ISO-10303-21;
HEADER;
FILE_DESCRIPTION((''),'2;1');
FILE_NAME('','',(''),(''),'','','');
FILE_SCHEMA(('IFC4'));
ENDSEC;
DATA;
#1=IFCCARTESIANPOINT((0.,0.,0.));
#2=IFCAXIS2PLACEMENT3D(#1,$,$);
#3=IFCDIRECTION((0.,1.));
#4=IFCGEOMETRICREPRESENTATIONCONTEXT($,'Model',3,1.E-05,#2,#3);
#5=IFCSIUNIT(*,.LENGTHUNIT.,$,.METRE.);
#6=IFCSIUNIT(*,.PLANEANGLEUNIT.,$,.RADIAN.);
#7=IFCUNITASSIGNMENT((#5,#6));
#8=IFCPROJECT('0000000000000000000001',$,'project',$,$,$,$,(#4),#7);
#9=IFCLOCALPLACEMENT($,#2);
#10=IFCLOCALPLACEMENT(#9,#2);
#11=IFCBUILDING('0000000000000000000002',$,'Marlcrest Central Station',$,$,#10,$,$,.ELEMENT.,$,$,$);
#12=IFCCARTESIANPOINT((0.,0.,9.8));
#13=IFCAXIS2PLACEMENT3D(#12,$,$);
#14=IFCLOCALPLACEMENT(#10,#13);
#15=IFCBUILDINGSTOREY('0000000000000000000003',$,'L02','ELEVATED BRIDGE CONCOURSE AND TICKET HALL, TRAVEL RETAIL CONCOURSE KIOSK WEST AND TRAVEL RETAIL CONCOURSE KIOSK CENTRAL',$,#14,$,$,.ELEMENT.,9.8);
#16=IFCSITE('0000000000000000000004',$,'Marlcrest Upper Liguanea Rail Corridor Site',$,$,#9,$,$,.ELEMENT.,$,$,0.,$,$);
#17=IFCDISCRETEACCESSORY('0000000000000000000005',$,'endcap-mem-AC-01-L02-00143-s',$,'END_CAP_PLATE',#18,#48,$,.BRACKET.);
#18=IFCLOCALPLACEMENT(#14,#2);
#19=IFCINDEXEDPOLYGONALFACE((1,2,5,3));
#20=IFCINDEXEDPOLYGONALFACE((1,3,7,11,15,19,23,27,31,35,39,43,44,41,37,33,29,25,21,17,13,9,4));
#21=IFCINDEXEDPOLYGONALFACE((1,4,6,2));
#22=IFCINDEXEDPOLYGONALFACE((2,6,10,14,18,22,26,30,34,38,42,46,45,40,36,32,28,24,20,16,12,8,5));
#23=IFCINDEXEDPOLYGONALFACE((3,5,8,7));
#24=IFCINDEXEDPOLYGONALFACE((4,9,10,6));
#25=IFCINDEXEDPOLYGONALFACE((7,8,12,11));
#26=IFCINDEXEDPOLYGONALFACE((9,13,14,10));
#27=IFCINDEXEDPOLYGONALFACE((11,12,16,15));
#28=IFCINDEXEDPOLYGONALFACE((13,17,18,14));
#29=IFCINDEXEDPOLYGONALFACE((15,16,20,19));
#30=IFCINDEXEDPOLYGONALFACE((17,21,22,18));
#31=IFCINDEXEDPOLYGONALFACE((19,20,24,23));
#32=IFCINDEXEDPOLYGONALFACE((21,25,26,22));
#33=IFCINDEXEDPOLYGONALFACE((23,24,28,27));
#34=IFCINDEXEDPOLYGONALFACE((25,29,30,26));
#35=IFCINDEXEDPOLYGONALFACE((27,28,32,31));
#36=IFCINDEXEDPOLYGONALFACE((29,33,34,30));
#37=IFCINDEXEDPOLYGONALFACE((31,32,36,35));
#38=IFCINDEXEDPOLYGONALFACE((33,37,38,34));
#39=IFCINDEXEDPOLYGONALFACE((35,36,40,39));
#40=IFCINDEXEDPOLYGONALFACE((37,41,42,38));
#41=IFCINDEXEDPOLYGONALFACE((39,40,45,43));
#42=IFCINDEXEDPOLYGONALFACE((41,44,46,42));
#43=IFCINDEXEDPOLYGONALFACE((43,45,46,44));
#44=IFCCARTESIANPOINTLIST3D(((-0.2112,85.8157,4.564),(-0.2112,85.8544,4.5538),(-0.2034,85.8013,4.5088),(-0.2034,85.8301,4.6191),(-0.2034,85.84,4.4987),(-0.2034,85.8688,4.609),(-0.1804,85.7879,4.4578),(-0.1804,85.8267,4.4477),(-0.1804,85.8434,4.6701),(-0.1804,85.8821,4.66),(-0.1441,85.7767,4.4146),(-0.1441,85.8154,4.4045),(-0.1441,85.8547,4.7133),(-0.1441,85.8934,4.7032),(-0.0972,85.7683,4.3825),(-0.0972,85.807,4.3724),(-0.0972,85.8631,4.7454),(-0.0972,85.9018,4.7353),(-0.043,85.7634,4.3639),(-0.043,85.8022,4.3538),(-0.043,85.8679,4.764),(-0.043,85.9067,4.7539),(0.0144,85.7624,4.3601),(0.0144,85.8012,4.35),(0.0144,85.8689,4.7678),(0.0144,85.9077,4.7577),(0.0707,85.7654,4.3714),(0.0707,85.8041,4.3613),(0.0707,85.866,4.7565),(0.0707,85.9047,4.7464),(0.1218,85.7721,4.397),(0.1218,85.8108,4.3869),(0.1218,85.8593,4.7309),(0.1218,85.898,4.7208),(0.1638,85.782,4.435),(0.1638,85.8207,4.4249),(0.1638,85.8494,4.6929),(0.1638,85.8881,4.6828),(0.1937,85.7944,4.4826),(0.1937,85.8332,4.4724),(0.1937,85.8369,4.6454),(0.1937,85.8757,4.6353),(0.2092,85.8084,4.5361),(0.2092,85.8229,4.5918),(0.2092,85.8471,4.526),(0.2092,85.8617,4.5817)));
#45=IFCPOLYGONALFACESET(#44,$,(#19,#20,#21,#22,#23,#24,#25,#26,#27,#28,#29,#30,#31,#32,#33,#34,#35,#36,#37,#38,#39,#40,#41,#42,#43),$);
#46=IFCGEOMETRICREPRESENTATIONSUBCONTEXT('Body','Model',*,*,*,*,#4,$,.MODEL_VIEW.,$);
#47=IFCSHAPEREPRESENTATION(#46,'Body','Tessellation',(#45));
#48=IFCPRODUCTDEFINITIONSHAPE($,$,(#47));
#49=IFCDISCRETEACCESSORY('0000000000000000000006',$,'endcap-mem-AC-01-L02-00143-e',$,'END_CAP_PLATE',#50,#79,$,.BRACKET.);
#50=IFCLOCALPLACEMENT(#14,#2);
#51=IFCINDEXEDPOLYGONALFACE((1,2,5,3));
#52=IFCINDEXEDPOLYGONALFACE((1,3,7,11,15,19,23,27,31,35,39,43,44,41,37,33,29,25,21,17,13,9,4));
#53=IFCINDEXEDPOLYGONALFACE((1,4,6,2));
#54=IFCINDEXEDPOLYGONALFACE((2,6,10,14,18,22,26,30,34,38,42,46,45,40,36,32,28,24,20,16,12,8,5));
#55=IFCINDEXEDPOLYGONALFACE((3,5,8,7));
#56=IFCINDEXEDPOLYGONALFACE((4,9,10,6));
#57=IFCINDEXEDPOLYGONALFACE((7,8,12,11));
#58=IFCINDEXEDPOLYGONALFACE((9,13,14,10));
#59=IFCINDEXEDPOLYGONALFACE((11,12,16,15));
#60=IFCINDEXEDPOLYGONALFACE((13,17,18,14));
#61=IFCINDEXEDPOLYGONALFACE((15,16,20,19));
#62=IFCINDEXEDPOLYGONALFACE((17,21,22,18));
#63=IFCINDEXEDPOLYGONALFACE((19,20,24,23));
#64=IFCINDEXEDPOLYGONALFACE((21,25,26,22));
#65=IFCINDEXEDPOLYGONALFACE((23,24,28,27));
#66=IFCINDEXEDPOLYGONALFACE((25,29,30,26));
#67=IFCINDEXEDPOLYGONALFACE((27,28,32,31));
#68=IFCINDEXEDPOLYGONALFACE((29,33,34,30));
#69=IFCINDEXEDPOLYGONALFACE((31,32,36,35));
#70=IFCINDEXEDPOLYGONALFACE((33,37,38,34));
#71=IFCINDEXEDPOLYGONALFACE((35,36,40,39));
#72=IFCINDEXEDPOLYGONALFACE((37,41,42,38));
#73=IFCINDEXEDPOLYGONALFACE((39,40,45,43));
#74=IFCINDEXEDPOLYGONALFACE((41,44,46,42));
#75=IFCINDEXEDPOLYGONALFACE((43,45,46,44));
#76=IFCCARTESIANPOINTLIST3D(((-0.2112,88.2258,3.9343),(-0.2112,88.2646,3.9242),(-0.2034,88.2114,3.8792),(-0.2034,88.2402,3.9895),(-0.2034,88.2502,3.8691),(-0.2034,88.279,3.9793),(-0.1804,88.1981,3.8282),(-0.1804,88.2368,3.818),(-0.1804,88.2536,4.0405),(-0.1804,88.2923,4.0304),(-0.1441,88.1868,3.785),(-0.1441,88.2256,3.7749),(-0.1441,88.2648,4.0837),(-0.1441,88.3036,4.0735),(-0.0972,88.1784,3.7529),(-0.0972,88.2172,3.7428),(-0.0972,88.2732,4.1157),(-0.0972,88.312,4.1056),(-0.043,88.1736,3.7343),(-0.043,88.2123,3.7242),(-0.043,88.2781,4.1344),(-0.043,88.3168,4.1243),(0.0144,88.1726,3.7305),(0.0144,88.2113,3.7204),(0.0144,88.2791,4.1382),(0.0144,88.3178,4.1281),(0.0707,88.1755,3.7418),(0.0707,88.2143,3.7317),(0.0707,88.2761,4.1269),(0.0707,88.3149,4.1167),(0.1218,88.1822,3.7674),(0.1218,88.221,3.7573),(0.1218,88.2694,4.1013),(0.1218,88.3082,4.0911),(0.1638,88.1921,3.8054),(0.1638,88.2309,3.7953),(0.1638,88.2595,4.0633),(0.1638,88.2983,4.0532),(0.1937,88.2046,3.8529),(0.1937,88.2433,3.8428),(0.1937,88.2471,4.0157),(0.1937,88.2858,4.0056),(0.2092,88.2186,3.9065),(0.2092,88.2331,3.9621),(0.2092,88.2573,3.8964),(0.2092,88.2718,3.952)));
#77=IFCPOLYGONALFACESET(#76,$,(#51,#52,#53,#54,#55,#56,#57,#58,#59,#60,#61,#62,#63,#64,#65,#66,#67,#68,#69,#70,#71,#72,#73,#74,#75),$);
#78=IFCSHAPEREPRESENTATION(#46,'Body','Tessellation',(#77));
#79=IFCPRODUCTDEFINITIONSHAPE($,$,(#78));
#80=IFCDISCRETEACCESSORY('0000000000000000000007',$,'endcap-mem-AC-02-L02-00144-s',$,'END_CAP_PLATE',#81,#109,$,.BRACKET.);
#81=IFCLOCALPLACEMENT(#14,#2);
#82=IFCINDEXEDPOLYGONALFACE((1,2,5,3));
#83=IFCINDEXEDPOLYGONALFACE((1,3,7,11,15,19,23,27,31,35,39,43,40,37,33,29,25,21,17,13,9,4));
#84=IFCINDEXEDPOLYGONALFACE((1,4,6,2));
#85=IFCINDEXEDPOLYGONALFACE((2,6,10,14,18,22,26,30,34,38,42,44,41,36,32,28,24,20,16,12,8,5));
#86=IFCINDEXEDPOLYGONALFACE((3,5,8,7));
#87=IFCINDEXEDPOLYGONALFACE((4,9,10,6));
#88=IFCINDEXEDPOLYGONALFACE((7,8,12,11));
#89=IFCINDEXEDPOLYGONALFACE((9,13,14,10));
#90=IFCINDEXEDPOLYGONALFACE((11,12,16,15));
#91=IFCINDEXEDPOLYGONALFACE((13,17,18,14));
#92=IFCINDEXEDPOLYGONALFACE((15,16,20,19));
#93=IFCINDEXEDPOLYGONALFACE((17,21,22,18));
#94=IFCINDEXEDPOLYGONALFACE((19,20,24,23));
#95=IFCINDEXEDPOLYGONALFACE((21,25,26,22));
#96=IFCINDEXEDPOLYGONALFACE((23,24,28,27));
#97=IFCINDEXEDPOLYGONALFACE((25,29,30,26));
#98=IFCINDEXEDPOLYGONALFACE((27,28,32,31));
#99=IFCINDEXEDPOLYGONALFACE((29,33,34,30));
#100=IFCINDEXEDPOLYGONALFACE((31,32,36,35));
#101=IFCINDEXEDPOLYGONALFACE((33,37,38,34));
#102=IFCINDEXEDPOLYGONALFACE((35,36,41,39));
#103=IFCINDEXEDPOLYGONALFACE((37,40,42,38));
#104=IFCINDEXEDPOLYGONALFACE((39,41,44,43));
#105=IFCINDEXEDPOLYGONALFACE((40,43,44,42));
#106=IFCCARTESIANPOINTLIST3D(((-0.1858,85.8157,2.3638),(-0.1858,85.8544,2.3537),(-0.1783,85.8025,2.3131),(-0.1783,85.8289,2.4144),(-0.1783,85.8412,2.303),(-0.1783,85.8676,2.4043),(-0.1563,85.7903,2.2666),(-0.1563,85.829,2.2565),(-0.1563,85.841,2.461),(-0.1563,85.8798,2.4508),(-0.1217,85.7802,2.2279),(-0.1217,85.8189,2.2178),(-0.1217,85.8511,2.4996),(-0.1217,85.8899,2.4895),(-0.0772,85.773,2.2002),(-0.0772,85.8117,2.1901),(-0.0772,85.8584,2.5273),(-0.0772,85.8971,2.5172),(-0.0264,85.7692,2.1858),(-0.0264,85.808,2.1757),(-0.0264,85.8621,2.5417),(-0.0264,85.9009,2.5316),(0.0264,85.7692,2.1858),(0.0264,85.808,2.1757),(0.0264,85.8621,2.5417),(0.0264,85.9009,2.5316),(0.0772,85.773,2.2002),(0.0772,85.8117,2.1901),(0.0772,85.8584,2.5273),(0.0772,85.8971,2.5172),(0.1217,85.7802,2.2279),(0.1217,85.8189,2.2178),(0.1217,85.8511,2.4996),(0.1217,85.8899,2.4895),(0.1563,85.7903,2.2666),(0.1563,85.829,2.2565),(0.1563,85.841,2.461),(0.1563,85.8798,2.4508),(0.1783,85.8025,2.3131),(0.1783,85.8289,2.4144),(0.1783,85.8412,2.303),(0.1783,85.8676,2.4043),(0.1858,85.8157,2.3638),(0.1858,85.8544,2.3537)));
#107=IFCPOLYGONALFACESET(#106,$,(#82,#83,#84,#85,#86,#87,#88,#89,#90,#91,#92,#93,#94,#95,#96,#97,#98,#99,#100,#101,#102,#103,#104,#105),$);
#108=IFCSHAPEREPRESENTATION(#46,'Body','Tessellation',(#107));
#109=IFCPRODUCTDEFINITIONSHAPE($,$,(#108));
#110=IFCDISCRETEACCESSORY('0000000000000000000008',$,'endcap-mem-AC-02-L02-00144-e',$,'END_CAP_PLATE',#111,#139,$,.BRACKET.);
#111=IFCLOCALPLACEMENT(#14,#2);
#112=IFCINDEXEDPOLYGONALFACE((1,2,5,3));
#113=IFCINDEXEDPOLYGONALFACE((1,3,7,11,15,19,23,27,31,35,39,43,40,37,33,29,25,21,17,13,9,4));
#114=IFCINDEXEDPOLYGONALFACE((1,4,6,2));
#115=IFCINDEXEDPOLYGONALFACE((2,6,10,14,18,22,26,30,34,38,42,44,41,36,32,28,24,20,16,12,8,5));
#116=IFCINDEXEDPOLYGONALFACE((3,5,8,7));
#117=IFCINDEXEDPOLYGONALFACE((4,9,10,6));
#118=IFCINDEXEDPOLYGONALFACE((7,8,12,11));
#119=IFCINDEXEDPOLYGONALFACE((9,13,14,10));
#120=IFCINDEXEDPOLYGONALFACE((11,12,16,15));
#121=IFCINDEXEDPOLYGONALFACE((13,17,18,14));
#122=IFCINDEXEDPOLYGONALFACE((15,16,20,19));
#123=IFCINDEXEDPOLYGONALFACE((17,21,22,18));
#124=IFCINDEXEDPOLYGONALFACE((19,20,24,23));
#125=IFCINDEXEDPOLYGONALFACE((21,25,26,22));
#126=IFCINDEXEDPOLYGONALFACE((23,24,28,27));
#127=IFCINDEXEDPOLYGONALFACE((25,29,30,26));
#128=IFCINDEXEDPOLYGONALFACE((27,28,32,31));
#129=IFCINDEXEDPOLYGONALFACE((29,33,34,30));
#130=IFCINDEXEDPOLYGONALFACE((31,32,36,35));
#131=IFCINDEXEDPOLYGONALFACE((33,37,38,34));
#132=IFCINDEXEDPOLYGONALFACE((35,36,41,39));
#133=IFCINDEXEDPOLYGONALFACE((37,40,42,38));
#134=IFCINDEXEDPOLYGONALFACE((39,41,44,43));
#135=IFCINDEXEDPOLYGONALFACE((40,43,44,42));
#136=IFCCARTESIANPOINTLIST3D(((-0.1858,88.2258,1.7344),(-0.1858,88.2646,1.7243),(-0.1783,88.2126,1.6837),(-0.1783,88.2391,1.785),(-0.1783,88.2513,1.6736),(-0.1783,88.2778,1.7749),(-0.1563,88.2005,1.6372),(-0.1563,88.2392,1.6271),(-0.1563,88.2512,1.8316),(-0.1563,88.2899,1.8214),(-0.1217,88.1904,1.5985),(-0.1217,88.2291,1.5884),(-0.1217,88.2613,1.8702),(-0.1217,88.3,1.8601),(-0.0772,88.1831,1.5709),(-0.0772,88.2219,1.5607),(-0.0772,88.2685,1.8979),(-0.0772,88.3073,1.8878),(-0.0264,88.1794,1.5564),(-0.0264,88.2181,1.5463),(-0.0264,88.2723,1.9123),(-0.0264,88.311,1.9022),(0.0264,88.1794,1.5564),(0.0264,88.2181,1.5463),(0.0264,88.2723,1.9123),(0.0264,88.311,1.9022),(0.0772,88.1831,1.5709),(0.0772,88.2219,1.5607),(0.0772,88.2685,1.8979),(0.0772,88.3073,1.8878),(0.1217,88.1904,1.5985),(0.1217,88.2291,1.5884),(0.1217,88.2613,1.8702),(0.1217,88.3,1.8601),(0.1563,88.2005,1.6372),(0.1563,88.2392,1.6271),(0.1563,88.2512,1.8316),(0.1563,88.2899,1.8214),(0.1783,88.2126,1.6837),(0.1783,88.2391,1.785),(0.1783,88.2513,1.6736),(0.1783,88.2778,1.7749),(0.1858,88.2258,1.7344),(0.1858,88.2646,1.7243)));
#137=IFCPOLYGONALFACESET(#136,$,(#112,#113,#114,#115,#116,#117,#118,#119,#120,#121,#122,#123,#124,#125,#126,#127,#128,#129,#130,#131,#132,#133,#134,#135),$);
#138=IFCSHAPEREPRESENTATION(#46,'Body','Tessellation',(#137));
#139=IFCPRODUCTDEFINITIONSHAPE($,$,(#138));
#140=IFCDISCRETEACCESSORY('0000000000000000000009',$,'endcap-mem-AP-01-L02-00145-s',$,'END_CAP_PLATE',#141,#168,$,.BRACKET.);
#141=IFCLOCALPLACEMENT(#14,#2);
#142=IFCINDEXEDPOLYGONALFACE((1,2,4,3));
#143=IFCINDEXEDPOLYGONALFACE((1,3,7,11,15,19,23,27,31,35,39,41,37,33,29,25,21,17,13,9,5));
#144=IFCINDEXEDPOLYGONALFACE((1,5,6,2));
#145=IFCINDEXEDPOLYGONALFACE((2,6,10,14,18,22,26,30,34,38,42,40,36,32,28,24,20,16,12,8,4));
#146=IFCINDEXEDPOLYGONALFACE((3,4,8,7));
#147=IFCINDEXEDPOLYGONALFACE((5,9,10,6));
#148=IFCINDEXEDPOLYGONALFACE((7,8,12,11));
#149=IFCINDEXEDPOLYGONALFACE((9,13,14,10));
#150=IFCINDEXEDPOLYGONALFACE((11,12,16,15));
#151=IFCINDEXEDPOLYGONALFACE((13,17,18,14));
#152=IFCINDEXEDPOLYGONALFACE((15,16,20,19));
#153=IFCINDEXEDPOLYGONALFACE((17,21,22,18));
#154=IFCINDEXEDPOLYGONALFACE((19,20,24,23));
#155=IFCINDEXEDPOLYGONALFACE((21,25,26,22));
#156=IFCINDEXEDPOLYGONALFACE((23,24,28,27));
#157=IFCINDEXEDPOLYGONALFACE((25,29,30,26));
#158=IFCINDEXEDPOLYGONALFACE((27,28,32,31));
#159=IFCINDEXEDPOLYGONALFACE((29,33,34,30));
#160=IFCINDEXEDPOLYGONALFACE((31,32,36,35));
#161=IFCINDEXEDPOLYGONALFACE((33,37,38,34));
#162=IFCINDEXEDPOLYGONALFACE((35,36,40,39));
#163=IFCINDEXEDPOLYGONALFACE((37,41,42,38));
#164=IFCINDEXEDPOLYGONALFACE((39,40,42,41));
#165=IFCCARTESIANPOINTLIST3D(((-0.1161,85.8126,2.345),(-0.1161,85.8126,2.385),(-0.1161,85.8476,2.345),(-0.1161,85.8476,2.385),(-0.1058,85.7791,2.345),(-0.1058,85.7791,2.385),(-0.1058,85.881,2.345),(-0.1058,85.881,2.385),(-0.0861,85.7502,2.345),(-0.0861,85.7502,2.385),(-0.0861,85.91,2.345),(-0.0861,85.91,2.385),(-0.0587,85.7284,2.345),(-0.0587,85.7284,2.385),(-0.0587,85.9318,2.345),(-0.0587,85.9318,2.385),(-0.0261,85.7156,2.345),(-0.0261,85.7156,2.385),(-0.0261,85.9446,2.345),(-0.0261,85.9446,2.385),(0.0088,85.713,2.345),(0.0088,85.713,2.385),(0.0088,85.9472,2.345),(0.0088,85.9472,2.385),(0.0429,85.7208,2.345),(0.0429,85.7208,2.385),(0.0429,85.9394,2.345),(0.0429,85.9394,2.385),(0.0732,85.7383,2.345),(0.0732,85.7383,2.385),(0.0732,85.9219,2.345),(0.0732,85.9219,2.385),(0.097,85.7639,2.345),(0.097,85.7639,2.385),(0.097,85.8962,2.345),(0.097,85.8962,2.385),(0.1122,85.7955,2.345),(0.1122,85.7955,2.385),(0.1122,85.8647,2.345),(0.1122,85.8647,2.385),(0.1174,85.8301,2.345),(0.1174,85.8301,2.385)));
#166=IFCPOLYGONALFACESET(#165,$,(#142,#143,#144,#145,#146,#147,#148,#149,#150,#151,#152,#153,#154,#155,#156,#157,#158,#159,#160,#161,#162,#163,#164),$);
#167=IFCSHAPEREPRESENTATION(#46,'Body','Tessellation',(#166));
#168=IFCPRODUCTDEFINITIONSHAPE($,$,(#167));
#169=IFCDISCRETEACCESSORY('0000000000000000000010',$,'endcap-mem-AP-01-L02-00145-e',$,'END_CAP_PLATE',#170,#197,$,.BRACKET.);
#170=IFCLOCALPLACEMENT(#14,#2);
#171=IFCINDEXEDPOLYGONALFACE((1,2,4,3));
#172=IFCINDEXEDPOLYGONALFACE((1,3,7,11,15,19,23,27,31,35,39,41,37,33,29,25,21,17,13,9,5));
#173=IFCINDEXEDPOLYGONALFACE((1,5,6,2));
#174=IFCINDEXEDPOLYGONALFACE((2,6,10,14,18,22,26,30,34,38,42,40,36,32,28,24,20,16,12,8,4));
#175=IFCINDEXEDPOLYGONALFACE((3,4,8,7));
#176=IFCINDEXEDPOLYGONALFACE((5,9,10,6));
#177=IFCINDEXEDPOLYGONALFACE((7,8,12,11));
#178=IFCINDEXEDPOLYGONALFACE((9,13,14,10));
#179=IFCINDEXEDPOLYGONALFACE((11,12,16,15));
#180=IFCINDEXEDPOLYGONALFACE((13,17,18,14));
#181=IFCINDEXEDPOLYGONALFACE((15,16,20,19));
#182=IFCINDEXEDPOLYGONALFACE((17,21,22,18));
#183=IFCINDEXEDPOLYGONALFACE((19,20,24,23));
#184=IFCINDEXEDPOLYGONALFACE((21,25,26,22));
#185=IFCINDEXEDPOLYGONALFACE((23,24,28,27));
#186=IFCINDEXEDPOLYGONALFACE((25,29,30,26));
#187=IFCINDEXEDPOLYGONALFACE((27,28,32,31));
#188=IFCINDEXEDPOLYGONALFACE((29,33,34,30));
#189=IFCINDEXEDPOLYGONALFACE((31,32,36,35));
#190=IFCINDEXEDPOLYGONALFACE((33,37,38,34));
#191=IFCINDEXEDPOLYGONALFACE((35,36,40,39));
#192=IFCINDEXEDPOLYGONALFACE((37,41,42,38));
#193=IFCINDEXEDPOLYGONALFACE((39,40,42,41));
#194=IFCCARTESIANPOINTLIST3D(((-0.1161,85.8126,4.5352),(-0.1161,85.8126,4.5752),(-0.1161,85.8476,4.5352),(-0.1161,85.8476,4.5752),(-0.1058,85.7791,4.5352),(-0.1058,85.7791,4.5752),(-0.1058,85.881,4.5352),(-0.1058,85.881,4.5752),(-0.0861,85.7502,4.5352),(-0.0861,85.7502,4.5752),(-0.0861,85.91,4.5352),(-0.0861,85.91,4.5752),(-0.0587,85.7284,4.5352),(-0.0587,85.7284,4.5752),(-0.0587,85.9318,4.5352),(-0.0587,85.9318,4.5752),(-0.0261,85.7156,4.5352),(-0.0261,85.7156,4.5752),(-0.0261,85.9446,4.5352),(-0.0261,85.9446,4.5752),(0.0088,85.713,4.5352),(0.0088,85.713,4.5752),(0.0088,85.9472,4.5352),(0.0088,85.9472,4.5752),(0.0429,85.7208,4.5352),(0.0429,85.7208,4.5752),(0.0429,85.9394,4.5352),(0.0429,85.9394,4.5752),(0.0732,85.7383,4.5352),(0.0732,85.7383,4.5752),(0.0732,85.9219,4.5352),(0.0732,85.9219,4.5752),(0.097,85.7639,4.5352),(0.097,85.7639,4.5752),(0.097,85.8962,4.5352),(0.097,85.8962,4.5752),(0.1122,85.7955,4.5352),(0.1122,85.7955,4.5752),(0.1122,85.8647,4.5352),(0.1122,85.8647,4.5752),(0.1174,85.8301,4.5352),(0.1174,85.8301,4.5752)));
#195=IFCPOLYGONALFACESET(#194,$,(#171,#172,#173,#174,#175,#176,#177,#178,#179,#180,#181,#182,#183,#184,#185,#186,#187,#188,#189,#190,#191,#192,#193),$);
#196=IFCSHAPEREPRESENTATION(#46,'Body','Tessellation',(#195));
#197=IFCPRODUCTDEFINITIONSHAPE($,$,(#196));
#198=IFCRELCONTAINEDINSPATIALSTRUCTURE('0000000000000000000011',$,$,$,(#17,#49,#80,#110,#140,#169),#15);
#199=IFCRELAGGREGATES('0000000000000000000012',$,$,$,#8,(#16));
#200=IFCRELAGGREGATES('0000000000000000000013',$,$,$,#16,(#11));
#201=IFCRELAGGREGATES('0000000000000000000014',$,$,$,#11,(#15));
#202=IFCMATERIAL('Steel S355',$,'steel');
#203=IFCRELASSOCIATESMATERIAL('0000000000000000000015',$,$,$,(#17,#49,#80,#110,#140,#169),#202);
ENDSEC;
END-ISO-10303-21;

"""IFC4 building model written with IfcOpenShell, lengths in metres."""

from ifc_helpers import new_model, si_unit, direction, frame, origin, origin_2d, place, context, subcontext, project, spatial, circle, extrude, material, element, save


model = new_model("IFC4")

# Units and contexts
model_context = context("Model", 3, precision=1e-05, world=origin(), true_north=direction((0.0, 1.0)))
body_context = subcontext(model_context, "Body", "Model", "MODEL_VIEW")
ifc_project = project(units=[si_unit("LENGTHUNIT", "METRE"), si_unit("PLANEANGLEUNIT", "RADIAN")], contexts=[model_context])

# Site, building, storey
site_placement = place(None, origin())
site = spatial("IfcSite", under=ifc_project, at=site_placement, Name="Marlcrest Upper Liguanea Rail Corridor Site", CompositionType="ELEMENT", RefElevation=0.0)
building_placement = place(site_placement, origin())
building = spatial("IfcBuilding", under=site, at=building_placement, Name="Marlcrest Central Station", CompositionType="ELEMENT")
storey_placement = place(building_placement, frame((0.0, 0.0, 9.8)))
storey = spatial("IfcBuildingStorey", under=building, at=storey_placement, Name="L02", Description="ELEVATED BRIDGE CONCOURSE AND TICKET HALL, TRAVEL RETAIL CONCOURSE KIOSK WEST AND TRAVEL RETAIL CONCOURSE KIOSK CENTRAL", CompositionType="ELEMENT", Elevation=9.8)

# Shared definitions
ifc_material_1 = material(Name="Steel S355", Category="steel")

# Discrete accessories
for number, where, z_axis, x_axis, name in (
    (1, (0.0, 85.8157, 4.564), (0.0, 0.967539, -0.25272), (-1.0, 0.0, 0.0), "endcap-mem-AC-01-L02-00143-s"),
    (2, (0.0, 88.2258, 3.9343), (0.0, 0.967539, -0.25272), (-1.0, 0.0, 0.0), "endcap-mem-AC-01-L02-00143-e"),
):
    element("IfcDiscreteAccessory", number, at=place(storey_placement, frame(where, z_axis=z_axis, x_axis=x_axis)), inside=storey, material=ifc_material_1, Name=name, ObjectType="END_CAP_PLATE", PredefinedType="BRACKET", context=body_context, shape_type="SweptSolid", body=[
        extrude(circle(Radius=0.2112, at=origin_2d()), origin(), (0.0, 0.0, 1.0), 0.04),
    ])
for number, where, z_axis, x_axis, name in (
    (3, (0.0, 85.8157, 2.3638), (0.0, 0.967563, -0.252629), (-1.0, 0.0, 0.0), "endcap-mem-AC-02-L02-00144-s"),
    (4, (0.0, 88.2258, 1.7344), (0.0, 0.967563, -0.252629), (-1.0, 0.0, 0.0), "endcap-mem-AC-02-L02-00144-e"),
):
    element("IfcDiscreteAccessory", number, at=place(storey_placement, frame(where, z_axis=z_axis, x_axis=x_axis)), inside=storey, material=ifc_material_1, Name=name, ObjectType="END_CAP_PLATE", PredefinedType="BRACKET", context=body_context, shape_type="SweptSolid", body=[
        extrude(circle(Radius=0.1858, at=origin_2d()), origin(), (0.0, 0.0, 1.0), 0.04),
    ])
for number, where, z_axis, x_axis, name in (
    (5, (0.0, 85.8301, 2.345), (0.0, 0.0, 1.0), (1.0, 0.0, 0.0), "endcap-mem-AP-01-L02-00145-s"),
    (6, (0.0, 85.8301, 4.5352), (0.0, 0.0, 1.0), (1.0, 0.0, 0.0), "endcap-mem-AP-01-L02-00145-e"),
):
    element("IfcDiscreteAccessory", number, at=place(storey_placement, frame(where, z_axis=z_axis, x_axis=x_axis)), inside=storey, material=ifc_material_1, Name=name, ObjectType="END_CAP_PLATE", PredefinedType="BRACKET", context=body_context, shape_type="SweptSolid", body=[
        extrude(circle(Radius=0.1174, at=origin_2d()), origin(), (0.0, 0.0, 1.0), 0.04),
    ])

save(model, "model.ifc")
